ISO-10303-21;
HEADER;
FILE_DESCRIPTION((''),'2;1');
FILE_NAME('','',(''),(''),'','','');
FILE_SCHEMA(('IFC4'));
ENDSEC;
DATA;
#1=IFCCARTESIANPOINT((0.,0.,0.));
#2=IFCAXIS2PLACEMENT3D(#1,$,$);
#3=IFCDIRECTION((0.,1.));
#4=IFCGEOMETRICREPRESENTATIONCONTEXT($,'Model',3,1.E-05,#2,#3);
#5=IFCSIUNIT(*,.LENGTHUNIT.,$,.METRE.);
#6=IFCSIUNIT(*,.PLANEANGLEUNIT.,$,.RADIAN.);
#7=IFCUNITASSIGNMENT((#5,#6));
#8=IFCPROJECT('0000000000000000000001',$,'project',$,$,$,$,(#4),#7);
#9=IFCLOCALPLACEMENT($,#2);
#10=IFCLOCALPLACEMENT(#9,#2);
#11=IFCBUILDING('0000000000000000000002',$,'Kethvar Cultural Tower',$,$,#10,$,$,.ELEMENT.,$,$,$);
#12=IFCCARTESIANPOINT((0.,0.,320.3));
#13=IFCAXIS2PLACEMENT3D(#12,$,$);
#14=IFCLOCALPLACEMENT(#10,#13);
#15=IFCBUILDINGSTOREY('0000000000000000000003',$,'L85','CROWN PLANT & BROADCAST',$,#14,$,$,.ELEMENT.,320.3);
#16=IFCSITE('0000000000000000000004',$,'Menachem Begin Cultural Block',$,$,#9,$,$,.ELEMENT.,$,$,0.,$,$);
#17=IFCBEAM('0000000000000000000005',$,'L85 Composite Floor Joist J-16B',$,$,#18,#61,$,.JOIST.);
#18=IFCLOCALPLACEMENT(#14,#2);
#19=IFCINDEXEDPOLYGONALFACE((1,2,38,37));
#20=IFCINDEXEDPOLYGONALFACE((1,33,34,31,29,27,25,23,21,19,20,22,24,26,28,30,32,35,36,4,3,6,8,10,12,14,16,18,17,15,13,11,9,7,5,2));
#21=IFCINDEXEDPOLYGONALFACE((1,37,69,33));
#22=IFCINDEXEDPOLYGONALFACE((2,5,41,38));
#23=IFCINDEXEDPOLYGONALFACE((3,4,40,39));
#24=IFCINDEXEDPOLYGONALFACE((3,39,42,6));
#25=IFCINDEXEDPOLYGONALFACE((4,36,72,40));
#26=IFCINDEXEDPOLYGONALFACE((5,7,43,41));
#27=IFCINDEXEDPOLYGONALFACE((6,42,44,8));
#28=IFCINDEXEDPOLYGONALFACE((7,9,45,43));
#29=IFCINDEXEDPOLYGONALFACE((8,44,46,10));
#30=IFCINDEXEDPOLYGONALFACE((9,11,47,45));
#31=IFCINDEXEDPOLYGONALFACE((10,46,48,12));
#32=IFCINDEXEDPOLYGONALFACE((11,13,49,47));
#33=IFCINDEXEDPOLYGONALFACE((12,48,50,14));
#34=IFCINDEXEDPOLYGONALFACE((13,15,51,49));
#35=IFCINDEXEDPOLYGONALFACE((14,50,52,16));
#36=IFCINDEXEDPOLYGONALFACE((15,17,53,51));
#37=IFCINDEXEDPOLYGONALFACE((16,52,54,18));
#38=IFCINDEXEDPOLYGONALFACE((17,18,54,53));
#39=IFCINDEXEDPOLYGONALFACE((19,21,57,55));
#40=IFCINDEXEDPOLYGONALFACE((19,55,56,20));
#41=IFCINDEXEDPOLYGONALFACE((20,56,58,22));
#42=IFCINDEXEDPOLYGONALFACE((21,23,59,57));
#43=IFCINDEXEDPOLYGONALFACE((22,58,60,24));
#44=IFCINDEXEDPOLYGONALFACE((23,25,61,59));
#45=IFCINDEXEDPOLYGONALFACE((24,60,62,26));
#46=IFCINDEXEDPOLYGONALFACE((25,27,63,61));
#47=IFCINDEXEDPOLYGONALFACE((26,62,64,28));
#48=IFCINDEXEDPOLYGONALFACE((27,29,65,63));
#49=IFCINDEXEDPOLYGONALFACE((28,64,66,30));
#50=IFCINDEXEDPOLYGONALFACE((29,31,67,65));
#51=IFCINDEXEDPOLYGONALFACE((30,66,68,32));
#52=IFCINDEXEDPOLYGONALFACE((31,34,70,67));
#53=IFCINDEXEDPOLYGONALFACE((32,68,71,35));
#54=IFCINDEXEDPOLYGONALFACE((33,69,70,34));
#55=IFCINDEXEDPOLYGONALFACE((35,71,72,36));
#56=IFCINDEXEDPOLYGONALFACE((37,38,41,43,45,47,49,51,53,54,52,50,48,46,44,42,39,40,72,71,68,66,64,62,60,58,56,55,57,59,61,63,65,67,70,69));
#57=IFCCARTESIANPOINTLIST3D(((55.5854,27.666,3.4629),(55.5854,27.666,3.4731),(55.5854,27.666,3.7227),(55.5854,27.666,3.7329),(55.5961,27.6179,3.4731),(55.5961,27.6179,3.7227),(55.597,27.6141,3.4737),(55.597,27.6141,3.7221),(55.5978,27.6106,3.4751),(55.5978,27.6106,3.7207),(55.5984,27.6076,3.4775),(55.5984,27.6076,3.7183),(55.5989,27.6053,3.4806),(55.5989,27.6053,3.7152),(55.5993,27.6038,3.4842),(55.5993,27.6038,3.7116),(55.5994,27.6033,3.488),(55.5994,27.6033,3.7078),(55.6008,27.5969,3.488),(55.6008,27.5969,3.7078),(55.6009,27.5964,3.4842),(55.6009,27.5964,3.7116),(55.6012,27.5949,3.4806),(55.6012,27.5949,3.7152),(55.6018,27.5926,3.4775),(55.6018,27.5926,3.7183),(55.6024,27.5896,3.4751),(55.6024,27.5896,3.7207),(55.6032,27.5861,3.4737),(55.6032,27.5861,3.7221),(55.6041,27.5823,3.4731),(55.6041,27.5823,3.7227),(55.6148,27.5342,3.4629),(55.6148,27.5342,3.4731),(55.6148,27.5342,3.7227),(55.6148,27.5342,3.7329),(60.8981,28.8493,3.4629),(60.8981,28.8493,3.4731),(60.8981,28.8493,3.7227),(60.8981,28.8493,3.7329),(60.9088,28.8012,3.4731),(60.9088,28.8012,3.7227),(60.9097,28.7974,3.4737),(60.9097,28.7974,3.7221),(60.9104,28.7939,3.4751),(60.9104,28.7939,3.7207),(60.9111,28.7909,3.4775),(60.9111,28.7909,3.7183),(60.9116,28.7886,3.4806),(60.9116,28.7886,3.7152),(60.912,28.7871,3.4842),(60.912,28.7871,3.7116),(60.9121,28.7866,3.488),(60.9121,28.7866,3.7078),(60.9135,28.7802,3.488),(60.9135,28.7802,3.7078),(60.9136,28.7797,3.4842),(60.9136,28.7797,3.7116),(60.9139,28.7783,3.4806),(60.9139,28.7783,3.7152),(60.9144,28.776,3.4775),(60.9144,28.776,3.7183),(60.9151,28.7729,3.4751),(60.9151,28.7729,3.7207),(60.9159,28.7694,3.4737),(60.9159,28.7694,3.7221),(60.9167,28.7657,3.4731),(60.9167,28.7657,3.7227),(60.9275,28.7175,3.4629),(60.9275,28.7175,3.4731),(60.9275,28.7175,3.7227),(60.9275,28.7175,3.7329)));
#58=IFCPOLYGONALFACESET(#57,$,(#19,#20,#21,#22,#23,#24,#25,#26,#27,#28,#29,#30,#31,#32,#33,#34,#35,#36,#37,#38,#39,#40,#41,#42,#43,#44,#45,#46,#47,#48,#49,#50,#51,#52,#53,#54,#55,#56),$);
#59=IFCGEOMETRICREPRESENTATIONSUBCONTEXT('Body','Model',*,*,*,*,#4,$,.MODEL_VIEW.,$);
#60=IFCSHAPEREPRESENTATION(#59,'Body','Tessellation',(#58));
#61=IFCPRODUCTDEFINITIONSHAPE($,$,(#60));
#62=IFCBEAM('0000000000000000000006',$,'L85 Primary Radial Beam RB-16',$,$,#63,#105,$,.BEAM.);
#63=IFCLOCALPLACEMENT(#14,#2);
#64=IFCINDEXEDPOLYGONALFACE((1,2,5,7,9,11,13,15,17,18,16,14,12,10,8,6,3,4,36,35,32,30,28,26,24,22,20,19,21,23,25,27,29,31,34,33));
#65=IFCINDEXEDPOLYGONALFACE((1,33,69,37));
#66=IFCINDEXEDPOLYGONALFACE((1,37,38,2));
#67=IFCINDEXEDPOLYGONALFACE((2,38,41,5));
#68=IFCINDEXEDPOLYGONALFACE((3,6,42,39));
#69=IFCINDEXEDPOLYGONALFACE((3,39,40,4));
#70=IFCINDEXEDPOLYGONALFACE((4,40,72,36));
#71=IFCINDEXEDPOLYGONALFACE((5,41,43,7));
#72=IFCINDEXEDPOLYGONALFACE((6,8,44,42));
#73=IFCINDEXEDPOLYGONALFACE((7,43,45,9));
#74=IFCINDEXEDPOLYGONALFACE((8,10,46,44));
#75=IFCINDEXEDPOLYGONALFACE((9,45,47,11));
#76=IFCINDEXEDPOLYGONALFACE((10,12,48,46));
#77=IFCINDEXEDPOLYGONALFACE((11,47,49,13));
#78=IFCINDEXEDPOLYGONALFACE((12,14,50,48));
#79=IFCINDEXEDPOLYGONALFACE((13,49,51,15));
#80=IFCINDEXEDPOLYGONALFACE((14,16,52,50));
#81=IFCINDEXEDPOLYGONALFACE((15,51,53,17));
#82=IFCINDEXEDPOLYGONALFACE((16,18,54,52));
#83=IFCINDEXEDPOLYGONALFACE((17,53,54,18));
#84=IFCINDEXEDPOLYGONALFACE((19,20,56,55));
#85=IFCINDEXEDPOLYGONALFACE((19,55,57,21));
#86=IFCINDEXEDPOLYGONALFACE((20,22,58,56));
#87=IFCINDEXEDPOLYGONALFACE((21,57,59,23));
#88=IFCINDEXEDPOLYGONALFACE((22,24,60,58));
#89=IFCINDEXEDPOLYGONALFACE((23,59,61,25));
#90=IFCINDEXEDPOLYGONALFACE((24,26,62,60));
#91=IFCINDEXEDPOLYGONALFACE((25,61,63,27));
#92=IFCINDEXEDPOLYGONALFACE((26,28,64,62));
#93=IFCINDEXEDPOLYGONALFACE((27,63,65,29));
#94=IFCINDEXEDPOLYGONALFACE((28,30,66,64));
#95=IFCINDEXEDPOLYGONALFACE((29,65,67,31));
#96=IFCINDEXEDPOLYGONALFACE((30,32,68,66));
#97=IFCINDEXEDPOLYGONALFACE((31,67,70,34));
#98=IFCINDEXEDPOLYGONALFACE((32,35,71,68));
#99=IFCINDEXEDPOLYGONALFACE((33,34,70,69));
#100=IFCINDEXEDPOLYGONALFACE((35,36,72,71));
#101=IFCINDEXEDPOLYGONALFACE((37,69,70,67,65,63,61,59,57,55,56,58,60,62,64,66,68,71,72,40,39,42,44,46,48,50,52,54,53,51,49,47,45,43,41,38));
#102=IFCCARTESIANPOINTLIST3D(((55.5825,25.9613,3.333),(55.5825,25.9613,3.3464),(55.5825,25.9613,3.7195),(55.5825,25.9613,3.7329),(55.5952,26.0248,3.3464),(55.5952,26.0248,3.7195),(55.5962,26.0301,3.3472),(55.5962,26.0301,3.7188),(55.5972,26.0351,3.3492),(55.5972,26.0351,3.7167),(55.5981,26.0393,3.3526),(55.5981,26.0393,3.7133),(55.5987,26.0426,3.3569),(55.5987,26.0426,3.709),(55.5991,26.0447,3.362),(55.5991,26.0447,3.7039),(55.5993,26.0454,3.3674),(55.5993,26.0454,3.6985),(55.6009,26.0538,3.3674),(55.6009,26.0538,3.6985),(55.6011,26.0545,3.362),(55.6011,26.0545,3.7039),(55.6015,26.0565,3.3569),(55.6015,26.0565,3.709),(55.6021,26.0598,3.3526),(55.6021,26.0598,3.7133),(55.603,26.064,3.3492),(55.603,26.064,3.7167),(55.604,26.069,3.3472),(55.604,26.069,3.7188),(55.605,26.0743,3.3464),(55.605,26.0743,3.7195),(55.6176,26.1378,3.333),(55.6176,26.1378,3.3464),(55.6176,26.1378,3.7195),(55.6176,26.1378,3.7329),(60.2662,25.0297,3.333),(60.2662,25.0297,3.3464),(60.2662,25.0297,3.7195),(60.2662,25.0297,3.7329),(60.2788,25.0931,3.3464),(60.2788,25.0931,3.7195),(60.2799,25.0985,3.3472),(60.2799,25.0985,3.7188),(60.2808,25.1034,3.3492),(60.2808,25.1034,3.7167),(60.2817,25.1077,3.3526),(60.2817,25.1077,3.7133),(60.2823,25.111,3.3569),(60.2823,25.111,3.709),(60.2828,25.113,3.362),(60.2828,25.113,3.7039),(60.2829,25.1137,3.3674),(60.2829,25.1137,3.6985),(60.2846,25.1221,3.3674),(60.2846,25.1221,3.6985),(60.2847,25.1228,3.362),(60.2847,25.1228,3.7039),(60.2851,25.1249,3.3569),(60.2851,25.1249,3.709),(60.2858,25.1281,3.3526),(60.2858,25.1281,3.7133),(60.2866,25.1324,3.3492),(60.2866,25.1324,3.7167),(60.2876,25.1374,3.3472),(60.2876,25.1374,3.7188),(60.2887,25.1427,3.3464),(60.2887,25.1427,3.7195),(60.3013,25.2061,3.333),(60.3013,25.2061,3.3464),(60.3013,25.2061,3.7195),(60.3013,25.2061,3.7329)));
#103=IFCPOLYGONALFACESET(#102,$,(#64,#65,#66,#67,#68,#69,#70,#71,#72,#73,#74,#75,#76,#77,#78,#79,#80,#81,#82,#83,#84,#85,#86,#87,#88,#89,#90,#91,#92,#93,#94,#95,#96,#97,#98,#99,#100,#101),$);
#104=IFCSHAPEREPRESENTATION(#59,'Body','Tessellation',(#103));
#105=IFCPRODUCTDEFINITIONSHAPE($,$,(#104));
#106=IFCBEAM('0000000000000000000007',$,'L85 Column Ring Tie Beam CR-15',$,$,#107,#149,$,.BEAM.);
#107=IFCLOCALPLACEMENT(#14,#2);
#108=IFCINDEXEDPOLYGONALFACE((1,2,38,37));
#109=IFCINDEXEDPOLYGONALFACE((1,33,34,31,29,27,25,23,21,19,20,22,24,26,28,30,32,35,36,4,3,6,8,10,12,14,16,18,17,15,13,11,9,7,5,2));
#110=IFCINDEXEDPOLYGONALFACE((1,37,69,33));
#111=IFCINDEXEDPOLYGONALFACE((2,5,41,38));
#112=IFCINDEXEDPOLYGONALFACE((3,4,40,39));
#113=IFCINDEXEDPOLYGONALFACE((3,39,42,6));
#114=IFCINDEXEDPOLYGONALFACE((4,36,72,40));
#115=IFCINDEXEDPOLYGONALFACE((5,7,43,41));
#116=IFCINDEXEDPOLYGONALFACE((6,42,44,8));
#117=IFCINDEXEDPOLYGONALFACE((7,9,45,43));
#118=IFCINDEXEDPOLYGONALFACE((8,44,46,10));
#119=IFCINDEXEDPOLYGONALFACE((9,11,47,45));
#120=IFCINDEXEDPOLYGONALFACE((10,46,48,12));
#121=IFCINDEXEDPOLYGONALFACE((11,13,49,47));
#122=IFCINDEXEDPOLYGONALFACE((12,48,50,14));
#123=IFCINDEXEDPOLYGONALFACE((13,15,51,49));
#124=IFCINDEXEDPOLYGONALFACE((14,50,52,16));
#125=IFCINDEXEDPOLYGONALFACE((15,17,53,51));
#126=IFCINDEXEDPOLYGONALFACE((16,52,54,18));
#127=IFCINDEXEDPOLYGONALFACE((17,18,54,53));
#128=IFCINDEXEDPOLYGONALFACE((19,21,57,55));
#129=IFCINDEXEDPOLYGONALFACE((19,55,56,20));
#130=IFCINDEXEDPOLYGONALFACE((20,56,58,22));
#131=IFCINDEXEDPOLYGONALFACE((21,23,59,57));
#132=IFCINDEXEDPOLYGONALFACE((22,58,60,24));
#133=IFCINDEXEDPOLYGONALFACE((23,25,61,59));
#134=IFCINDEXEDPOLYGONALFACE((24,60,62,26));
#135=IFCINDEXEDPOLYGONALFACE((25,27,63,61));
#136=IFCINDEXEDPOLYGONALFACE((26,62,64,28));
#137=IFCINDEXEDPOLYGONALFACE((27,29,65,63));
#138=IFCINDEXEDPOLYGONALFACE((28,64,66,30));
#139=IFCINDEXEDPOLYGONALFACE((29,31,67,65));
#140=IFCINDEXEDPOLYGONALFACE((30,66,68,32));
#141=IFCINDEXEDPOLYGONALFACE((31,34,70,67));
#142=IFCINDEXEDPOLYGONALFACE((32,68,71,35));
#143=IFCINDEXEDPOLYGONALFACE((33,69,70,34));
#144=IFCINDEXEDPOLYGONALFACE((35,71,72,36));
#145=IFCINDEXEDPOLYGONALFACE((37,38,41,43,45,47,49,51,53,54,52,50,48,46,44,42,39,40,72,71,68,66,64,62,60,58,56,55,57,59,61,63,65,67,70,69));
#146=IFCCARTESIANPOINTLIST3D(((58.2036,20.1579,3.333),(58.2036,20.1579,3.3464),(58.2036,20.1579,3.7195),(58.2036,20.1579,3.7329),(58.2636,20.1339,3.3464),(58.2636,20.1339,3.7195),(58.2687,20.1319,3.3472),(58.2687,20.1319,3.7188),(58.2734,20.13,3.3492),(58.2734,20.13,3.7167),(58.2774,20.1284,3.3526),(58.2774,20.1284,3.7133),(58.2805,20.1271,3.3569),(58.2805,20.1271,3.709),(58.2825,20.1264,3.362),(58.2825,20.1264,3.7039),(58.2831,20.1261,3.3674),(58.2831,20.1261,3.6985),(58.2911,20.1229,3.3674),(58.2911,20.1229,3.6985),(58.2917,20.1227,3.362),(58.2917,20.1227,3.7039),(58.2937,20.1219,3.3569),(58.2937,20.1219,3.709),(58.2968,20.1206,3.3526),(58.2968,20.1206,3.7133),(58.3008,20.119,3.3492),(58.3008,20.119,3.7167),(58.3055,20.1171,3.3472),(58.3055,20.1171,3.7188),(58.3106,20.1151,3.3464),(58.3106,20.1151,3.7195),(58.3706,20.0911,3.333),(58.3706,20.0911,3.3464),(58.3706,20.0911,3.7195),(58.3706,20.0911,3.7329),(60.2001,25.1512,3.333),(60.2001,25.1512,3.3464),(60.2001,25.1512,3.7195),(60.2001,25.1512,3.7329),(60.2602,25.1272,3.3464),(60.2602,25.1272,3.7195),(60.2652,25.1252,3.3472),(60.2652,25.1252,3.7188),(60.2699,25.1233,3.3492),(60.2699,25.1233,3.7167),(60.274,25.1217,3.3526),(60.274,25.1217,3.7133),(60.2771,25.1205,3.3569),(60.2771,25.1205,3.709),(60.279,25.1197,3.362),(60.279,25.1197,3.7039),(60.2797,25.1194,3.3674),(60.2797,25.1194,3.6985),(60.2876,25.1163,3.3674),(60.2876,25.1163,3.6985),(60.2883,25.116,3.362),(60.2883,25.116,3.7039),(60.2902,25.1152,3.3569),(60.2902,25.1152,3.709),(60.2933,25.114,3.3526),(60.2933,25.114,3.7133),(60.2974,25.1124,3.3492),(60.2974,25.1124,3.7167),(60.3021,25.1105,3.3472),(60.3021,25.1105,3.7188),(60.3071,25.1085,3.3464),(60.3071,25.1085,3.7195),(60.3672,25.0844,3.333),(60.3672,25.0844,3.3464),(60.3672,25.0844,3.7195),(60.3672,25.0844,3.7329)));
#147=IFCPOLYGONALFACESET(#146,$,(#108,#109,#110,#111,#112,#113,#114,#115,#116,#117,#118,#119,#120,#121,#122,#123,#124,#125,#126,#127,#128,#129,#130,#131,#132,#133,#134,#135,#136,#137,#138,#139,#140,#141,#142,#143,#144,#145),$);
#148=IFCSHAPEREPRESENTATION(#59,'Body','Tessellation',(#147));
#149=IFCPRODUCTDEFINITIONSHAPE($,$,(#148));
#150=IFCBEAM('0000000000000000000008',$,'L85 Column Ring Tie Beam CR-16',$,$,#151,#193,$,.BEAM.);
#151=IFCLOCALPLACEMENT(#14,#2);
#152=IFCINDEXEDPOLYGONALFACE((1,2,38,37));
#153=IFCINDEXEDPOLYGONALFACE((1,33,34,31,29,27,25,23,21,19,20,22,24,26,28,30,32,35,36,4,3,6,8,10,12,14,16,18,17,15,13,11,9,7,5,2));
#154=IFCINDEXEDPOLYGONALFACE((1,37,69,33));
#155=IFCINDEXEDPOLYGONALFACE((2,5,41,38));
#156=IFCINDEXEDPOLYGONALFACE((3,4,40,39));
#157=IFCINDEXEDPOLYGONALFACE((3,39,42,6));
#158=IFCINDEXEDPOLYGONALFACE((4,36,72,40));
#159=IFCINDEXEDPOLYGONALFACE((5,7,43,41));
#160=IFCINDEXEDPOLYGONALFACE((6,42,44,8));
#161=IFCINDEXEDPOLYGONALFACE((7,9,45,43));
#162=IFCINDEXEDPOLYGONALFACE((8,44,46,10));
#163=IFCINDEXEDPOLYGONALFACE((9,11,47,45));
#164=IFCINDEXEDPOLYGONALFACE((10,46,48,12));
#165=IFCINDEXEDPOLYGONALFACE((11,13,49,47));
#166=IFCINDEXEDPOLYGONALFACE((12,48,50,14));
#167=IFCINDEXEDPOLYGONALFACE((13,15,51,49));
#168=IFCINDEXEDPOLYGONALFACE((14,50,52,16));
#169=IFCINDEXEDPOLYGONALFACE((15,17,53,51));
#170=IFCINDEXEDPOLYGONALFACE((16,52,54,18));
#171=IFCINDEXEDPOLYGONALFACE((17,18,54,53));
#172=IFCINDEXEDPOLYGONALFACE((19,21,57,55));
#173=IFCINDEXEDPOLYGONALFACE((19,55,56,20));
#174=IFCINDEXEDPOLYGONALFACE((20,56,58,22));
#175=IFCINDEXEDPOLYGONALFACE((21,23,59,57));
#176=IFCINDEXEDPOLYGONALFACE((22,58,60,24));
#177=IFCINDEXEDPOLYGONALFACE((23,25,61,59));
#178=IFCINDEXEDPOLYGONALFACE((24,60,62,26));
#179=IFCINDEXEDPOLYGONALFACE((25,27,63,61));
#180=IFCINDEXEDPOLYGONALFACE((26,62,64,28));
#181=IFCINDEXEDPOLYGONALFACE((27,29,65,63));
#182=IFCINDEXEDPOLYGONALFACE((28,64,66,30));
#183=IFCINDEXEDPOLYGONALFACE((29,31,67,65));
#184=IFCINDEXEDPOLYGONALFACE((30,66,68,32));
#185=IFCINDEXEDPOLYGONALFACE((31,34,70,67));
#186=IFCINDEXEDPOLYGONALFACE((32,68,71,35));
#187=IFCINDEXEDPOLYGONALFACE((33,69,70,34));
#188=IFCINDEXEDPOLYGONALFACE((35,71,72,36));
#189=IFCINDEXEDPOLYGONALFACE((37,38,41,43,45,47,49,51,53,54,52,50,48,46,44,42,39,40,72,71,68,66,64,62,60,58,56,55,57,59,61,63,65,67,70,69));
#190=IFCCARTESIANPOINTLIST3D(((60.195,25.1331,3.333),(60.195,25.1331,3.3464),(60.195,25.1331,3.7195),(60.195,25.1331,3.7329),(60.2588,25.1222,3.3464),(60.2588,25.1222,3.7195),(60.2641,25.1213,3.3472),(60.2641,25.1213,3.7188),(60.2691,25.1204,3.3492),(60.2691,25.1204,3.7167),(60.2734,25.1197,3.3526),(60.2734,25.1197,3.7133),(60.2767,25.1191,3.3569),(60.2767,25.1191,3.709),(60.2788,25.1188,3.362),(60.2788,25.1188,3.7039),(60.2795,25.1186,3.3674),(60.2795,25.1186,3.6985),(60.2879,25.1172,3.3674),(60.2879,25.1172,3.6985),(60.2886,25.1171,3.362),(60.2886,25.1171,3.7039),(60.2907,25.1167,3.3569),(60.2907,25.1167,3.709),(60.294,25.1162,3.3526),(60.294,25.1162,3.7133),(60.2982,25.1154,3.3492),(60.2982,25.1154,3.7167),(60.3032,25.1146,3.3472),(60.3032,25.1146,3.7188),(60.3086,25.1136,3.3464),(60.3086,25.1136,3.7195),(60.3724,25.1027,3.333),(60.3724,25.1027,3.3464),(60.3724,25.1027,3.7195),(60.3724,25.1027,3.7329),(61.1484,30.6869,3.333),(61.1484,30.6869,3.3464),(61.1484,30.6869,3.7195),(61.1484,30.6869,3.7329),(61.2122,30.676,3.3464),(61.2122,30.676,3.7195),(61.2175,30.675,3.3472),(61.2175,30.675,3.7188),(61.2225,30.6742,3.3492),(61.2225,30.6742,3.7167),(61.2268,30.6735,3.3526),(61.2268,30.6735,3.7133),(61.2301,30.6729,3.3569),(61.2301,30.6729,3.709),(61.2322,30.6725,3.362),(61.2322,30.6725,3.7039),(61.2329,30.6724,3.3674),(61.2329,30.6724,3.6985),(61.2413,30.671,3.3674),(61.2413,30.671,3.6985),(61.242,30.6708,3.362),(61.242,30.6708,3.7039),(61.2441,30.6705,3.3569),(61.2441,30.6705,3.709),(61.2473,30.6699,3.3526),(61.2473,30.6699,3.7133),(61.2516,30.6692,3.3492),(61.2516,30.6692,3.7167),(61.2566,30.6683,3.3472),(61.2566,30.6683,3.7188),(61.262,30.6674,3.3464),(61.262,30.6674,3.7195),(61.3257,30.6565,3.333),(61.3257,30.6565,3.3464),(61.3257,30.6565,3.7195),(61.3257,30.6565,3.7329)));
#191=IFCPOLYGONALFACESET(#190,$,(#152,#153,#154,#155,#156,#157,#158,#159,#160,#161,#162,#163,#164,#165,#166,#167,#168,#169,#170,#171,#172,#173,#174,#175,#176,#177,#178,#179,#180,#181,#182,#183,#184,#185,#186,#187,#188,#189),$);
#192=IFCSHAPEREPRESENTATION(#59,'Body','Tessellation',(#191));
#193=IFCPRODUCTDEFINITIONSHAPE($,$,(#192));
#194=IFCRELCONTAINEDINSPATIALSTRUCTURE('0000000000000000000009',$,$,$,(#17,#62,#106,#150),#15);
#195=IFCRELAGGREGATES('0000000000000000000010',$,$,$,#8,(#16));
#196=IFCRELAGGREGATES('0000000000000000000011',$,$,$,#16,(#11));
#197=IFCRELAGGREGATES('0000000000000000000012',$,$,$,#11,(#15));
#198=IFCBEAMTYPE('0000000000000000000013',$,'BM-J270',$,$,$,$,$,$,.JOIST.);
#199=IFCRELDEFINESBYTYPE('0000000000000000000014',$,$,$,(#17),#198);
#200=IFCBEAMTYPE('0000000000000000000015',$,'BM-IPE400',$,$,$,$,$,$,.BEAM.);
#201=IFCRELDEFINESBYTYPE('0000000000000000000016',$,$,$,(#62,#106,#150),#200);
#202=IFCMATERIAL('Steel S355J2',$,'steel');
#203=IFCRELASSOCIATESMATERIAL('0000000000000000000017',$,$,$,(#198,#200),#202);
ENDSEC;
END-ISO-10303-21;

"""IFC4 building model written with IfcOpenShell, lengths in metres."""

from ifc_helpers import new_model, si_unit, direction, frame, origin, origin_2d, place, context, subcontext, project, spatial, i_section, extrude, source, transform, mapped, material, material_profile, profile_set, type_object, element, save


model = new_model("IFC4")

# Units and contexts
model_context = context("Model", 3, precision=1e-05, world=origin(), true_north=direction((0.0, 1.0)))
body_context = subcontext(model_context, "Body", "Model", "MODEL_VIEW")
ifc_project = project(units=[si_unit("LENGTHUNIT", "METRE"), si_unit("PLANEANGLEUNIT", "RADIAN")], contexts=[model_context])

# Site, building, storey
site_placement = place(None, origin())
site = spatial("IfcSite", under=ifc_project, at=site_placement, Name="Menachem Begin Cultural Block", CompositionType="ELEMENT", RefElevation=0.0)
building_placement = place(site_placement, origin())
building = spatial("IfcBuilding", under=site, at=building_placement, Name="Kethvar Cultural Tower", CompositionType="ELEMENT")
storey_placement = place(building_placement, frame((0.0, 0.0, 320.3)))
storey = spatial("IfcBuildingStorey", under=building, at=storey_placement, Name="L85", Description="CROWN PLANT & BROADCAST", CompositionType="ELEMENT", Elevation=320.3)

# Shared definitions
ifc_material_1 = material(Name="Steel S355J2", Category="steel")

# Beams
ifc_material_profile_1 = material_profile(ifc_material_1, i_section(OverallWidth=0.135, OverallDepth=0.27, WebThickness=0.0066, FlangeThickness=0.0103, FilletRadius=0.0149, at=origin_2d()), Name="Steel S355J2 — IPE270")
ifc_profile_set_1 = profile_set([ifc_material_profile_1], Name="Steel S355J2 — IPE270")
beam_type_1 = type_object("IfcBeamType", Name="BM-J270", PredefinedType="JOIST", material=ifc_profile_set_1)
shared_shape_1 = source(origin(), body_context, "Body", "SweptSolid", [
    extrude(i_section(OverallWidth=0.135, OverallDepth=0.27, WebThickness=0.0066, FlangeThickness=0.0103, FilletRadius=0.0149, at=origin_2d()), origin(), (0.0, 0.0, 1.0), 5.4429),
])
beam_1_placement = place(storey_placement, frame((55.6001, 27.6001, 3.5979), z_axis=(0.97608, 0.21741, 0.0), x_axis=(-0.21741, 0.97608, 0.0)))
element("IfcBeam", 1, at=beam_1_placement, inside=storey, type_object=beam_type_1, Name="L85 Composite Floor Joist J-16B", PredefinedType="JOIST", context=body_context, shape_type="MappedRepresentation", body=[
    mapped(shared_shape_1, transform((0.0, 0.0, 0.0), scale=1.0)),
])
ifc_material_profile_2 = material_profile(ifc_material_1, i_section(OverallWidth=0.1799, OverallDepth=0.3999, WebThickness=0.0085, FlangeThickness=0.0134, FilletRadius=0.021, at=origin_2d()), Name="Steel S355J2 — IPE400")
ifc_profile_set_2 = profile_set([ifc_material_profile_2], Name="Steel S355J2 — IPE400")
beam_type_2 = type_object("IfcBeamType", Name="BM-IPE400", PredefinedType="BEAM", material=ifc_profile_set_2)
shared_shape_2 = source(origin(), body_context, "Body", "SweptSolid", [
    extrude(i_section(OverallWidth=0.1799, OverallDepth=0.3999, WebThickness=0.0085, FlangeThickness=0.0134, FilletRadius=0.021, at=origin_2d()), origin(), (0.0, 0.0, 1.0), 4.7754),
])
beam_2_placement = place(storey_placement, frame((55.6001, 26.0496, 3.533), z_axis=(0.980785, -0.195094, 0.0), x_axis=(0.195094, 0.980785, 0.0)))
element("IfcBeam", 2, at=beam_2_placement, inside=storey, type_object=beam_type_2, Name="L85 Primary Radial Beam RB-16", PredefinedType="BEAM", context=body_context, shape_type="MappedRepresentation", body=[
    mapped(shared_shape_2, transform((0.0, 0.0, 0.0), scale=1.0)),
])
shared_shape_3 = source(origin(), body_context, "Body", "SweptSolid", [
    extrude(i_section(OverallWidth=0.1799, OverallDepth=0.3999, WebThickness=0.0085, FlangeThickness=0.0134, FilletRadius=0.021, at=origin_2d()), origin(), (0.0, 0.0, 1.0), 5.3777),
])
beam_3_placement = place(storey_placement, frame((58.2871, 20.1245, 3.533), z_axis=(0.371265, 0.928527, 0.0), x_axis=(-0.928527, 0.371265, 0.0)))
element("IfcBeam", 3, at=beam_3_placement, inside=storey, type_object=beam_type_2, Name="L85 Column Ring Tie Beam CR-15", PredefinedType="BEAM", context=body_context, shape_type="MappedRepresentation", body=[
    mapped(shared_shape_3, transform((0.0, 0.0, 0.0), scale=1.0)),
])
shared_shape_4 = source(origin(), body_context, "Body", "SweptSolid", [
    extrude(i_section(OverallWidth=0.1799, OverallDepth=0.3999, WebThickness=0.0085, FlangeThickness=0.0134, FilletRadius=0.021, at=origin_2d()), origin(), (0.0, 0.0, 1.0), 5.635),
])
beam_4_placement = place(storey_placement, frame((60.2837, 25.1179, 3.533), z_axis=(0.169189, 0.985584, 0.0), x_axis=(-0.985584, 0.169189, 0.0)))
element("IfcBeam", 4, at=beam_4_placement, inside=storey, type_object=beam_type_2, Name="L85 Column Ring Tie Beam CR-16", PredefinedType="BEAM", context=body_context, shape_type="MappedRepresentation", body=[
    mapped(shared_shape_4, transform((0.0, 0.0, 0.0), scale=1.0)),
])

save(model, "model.ifc")
